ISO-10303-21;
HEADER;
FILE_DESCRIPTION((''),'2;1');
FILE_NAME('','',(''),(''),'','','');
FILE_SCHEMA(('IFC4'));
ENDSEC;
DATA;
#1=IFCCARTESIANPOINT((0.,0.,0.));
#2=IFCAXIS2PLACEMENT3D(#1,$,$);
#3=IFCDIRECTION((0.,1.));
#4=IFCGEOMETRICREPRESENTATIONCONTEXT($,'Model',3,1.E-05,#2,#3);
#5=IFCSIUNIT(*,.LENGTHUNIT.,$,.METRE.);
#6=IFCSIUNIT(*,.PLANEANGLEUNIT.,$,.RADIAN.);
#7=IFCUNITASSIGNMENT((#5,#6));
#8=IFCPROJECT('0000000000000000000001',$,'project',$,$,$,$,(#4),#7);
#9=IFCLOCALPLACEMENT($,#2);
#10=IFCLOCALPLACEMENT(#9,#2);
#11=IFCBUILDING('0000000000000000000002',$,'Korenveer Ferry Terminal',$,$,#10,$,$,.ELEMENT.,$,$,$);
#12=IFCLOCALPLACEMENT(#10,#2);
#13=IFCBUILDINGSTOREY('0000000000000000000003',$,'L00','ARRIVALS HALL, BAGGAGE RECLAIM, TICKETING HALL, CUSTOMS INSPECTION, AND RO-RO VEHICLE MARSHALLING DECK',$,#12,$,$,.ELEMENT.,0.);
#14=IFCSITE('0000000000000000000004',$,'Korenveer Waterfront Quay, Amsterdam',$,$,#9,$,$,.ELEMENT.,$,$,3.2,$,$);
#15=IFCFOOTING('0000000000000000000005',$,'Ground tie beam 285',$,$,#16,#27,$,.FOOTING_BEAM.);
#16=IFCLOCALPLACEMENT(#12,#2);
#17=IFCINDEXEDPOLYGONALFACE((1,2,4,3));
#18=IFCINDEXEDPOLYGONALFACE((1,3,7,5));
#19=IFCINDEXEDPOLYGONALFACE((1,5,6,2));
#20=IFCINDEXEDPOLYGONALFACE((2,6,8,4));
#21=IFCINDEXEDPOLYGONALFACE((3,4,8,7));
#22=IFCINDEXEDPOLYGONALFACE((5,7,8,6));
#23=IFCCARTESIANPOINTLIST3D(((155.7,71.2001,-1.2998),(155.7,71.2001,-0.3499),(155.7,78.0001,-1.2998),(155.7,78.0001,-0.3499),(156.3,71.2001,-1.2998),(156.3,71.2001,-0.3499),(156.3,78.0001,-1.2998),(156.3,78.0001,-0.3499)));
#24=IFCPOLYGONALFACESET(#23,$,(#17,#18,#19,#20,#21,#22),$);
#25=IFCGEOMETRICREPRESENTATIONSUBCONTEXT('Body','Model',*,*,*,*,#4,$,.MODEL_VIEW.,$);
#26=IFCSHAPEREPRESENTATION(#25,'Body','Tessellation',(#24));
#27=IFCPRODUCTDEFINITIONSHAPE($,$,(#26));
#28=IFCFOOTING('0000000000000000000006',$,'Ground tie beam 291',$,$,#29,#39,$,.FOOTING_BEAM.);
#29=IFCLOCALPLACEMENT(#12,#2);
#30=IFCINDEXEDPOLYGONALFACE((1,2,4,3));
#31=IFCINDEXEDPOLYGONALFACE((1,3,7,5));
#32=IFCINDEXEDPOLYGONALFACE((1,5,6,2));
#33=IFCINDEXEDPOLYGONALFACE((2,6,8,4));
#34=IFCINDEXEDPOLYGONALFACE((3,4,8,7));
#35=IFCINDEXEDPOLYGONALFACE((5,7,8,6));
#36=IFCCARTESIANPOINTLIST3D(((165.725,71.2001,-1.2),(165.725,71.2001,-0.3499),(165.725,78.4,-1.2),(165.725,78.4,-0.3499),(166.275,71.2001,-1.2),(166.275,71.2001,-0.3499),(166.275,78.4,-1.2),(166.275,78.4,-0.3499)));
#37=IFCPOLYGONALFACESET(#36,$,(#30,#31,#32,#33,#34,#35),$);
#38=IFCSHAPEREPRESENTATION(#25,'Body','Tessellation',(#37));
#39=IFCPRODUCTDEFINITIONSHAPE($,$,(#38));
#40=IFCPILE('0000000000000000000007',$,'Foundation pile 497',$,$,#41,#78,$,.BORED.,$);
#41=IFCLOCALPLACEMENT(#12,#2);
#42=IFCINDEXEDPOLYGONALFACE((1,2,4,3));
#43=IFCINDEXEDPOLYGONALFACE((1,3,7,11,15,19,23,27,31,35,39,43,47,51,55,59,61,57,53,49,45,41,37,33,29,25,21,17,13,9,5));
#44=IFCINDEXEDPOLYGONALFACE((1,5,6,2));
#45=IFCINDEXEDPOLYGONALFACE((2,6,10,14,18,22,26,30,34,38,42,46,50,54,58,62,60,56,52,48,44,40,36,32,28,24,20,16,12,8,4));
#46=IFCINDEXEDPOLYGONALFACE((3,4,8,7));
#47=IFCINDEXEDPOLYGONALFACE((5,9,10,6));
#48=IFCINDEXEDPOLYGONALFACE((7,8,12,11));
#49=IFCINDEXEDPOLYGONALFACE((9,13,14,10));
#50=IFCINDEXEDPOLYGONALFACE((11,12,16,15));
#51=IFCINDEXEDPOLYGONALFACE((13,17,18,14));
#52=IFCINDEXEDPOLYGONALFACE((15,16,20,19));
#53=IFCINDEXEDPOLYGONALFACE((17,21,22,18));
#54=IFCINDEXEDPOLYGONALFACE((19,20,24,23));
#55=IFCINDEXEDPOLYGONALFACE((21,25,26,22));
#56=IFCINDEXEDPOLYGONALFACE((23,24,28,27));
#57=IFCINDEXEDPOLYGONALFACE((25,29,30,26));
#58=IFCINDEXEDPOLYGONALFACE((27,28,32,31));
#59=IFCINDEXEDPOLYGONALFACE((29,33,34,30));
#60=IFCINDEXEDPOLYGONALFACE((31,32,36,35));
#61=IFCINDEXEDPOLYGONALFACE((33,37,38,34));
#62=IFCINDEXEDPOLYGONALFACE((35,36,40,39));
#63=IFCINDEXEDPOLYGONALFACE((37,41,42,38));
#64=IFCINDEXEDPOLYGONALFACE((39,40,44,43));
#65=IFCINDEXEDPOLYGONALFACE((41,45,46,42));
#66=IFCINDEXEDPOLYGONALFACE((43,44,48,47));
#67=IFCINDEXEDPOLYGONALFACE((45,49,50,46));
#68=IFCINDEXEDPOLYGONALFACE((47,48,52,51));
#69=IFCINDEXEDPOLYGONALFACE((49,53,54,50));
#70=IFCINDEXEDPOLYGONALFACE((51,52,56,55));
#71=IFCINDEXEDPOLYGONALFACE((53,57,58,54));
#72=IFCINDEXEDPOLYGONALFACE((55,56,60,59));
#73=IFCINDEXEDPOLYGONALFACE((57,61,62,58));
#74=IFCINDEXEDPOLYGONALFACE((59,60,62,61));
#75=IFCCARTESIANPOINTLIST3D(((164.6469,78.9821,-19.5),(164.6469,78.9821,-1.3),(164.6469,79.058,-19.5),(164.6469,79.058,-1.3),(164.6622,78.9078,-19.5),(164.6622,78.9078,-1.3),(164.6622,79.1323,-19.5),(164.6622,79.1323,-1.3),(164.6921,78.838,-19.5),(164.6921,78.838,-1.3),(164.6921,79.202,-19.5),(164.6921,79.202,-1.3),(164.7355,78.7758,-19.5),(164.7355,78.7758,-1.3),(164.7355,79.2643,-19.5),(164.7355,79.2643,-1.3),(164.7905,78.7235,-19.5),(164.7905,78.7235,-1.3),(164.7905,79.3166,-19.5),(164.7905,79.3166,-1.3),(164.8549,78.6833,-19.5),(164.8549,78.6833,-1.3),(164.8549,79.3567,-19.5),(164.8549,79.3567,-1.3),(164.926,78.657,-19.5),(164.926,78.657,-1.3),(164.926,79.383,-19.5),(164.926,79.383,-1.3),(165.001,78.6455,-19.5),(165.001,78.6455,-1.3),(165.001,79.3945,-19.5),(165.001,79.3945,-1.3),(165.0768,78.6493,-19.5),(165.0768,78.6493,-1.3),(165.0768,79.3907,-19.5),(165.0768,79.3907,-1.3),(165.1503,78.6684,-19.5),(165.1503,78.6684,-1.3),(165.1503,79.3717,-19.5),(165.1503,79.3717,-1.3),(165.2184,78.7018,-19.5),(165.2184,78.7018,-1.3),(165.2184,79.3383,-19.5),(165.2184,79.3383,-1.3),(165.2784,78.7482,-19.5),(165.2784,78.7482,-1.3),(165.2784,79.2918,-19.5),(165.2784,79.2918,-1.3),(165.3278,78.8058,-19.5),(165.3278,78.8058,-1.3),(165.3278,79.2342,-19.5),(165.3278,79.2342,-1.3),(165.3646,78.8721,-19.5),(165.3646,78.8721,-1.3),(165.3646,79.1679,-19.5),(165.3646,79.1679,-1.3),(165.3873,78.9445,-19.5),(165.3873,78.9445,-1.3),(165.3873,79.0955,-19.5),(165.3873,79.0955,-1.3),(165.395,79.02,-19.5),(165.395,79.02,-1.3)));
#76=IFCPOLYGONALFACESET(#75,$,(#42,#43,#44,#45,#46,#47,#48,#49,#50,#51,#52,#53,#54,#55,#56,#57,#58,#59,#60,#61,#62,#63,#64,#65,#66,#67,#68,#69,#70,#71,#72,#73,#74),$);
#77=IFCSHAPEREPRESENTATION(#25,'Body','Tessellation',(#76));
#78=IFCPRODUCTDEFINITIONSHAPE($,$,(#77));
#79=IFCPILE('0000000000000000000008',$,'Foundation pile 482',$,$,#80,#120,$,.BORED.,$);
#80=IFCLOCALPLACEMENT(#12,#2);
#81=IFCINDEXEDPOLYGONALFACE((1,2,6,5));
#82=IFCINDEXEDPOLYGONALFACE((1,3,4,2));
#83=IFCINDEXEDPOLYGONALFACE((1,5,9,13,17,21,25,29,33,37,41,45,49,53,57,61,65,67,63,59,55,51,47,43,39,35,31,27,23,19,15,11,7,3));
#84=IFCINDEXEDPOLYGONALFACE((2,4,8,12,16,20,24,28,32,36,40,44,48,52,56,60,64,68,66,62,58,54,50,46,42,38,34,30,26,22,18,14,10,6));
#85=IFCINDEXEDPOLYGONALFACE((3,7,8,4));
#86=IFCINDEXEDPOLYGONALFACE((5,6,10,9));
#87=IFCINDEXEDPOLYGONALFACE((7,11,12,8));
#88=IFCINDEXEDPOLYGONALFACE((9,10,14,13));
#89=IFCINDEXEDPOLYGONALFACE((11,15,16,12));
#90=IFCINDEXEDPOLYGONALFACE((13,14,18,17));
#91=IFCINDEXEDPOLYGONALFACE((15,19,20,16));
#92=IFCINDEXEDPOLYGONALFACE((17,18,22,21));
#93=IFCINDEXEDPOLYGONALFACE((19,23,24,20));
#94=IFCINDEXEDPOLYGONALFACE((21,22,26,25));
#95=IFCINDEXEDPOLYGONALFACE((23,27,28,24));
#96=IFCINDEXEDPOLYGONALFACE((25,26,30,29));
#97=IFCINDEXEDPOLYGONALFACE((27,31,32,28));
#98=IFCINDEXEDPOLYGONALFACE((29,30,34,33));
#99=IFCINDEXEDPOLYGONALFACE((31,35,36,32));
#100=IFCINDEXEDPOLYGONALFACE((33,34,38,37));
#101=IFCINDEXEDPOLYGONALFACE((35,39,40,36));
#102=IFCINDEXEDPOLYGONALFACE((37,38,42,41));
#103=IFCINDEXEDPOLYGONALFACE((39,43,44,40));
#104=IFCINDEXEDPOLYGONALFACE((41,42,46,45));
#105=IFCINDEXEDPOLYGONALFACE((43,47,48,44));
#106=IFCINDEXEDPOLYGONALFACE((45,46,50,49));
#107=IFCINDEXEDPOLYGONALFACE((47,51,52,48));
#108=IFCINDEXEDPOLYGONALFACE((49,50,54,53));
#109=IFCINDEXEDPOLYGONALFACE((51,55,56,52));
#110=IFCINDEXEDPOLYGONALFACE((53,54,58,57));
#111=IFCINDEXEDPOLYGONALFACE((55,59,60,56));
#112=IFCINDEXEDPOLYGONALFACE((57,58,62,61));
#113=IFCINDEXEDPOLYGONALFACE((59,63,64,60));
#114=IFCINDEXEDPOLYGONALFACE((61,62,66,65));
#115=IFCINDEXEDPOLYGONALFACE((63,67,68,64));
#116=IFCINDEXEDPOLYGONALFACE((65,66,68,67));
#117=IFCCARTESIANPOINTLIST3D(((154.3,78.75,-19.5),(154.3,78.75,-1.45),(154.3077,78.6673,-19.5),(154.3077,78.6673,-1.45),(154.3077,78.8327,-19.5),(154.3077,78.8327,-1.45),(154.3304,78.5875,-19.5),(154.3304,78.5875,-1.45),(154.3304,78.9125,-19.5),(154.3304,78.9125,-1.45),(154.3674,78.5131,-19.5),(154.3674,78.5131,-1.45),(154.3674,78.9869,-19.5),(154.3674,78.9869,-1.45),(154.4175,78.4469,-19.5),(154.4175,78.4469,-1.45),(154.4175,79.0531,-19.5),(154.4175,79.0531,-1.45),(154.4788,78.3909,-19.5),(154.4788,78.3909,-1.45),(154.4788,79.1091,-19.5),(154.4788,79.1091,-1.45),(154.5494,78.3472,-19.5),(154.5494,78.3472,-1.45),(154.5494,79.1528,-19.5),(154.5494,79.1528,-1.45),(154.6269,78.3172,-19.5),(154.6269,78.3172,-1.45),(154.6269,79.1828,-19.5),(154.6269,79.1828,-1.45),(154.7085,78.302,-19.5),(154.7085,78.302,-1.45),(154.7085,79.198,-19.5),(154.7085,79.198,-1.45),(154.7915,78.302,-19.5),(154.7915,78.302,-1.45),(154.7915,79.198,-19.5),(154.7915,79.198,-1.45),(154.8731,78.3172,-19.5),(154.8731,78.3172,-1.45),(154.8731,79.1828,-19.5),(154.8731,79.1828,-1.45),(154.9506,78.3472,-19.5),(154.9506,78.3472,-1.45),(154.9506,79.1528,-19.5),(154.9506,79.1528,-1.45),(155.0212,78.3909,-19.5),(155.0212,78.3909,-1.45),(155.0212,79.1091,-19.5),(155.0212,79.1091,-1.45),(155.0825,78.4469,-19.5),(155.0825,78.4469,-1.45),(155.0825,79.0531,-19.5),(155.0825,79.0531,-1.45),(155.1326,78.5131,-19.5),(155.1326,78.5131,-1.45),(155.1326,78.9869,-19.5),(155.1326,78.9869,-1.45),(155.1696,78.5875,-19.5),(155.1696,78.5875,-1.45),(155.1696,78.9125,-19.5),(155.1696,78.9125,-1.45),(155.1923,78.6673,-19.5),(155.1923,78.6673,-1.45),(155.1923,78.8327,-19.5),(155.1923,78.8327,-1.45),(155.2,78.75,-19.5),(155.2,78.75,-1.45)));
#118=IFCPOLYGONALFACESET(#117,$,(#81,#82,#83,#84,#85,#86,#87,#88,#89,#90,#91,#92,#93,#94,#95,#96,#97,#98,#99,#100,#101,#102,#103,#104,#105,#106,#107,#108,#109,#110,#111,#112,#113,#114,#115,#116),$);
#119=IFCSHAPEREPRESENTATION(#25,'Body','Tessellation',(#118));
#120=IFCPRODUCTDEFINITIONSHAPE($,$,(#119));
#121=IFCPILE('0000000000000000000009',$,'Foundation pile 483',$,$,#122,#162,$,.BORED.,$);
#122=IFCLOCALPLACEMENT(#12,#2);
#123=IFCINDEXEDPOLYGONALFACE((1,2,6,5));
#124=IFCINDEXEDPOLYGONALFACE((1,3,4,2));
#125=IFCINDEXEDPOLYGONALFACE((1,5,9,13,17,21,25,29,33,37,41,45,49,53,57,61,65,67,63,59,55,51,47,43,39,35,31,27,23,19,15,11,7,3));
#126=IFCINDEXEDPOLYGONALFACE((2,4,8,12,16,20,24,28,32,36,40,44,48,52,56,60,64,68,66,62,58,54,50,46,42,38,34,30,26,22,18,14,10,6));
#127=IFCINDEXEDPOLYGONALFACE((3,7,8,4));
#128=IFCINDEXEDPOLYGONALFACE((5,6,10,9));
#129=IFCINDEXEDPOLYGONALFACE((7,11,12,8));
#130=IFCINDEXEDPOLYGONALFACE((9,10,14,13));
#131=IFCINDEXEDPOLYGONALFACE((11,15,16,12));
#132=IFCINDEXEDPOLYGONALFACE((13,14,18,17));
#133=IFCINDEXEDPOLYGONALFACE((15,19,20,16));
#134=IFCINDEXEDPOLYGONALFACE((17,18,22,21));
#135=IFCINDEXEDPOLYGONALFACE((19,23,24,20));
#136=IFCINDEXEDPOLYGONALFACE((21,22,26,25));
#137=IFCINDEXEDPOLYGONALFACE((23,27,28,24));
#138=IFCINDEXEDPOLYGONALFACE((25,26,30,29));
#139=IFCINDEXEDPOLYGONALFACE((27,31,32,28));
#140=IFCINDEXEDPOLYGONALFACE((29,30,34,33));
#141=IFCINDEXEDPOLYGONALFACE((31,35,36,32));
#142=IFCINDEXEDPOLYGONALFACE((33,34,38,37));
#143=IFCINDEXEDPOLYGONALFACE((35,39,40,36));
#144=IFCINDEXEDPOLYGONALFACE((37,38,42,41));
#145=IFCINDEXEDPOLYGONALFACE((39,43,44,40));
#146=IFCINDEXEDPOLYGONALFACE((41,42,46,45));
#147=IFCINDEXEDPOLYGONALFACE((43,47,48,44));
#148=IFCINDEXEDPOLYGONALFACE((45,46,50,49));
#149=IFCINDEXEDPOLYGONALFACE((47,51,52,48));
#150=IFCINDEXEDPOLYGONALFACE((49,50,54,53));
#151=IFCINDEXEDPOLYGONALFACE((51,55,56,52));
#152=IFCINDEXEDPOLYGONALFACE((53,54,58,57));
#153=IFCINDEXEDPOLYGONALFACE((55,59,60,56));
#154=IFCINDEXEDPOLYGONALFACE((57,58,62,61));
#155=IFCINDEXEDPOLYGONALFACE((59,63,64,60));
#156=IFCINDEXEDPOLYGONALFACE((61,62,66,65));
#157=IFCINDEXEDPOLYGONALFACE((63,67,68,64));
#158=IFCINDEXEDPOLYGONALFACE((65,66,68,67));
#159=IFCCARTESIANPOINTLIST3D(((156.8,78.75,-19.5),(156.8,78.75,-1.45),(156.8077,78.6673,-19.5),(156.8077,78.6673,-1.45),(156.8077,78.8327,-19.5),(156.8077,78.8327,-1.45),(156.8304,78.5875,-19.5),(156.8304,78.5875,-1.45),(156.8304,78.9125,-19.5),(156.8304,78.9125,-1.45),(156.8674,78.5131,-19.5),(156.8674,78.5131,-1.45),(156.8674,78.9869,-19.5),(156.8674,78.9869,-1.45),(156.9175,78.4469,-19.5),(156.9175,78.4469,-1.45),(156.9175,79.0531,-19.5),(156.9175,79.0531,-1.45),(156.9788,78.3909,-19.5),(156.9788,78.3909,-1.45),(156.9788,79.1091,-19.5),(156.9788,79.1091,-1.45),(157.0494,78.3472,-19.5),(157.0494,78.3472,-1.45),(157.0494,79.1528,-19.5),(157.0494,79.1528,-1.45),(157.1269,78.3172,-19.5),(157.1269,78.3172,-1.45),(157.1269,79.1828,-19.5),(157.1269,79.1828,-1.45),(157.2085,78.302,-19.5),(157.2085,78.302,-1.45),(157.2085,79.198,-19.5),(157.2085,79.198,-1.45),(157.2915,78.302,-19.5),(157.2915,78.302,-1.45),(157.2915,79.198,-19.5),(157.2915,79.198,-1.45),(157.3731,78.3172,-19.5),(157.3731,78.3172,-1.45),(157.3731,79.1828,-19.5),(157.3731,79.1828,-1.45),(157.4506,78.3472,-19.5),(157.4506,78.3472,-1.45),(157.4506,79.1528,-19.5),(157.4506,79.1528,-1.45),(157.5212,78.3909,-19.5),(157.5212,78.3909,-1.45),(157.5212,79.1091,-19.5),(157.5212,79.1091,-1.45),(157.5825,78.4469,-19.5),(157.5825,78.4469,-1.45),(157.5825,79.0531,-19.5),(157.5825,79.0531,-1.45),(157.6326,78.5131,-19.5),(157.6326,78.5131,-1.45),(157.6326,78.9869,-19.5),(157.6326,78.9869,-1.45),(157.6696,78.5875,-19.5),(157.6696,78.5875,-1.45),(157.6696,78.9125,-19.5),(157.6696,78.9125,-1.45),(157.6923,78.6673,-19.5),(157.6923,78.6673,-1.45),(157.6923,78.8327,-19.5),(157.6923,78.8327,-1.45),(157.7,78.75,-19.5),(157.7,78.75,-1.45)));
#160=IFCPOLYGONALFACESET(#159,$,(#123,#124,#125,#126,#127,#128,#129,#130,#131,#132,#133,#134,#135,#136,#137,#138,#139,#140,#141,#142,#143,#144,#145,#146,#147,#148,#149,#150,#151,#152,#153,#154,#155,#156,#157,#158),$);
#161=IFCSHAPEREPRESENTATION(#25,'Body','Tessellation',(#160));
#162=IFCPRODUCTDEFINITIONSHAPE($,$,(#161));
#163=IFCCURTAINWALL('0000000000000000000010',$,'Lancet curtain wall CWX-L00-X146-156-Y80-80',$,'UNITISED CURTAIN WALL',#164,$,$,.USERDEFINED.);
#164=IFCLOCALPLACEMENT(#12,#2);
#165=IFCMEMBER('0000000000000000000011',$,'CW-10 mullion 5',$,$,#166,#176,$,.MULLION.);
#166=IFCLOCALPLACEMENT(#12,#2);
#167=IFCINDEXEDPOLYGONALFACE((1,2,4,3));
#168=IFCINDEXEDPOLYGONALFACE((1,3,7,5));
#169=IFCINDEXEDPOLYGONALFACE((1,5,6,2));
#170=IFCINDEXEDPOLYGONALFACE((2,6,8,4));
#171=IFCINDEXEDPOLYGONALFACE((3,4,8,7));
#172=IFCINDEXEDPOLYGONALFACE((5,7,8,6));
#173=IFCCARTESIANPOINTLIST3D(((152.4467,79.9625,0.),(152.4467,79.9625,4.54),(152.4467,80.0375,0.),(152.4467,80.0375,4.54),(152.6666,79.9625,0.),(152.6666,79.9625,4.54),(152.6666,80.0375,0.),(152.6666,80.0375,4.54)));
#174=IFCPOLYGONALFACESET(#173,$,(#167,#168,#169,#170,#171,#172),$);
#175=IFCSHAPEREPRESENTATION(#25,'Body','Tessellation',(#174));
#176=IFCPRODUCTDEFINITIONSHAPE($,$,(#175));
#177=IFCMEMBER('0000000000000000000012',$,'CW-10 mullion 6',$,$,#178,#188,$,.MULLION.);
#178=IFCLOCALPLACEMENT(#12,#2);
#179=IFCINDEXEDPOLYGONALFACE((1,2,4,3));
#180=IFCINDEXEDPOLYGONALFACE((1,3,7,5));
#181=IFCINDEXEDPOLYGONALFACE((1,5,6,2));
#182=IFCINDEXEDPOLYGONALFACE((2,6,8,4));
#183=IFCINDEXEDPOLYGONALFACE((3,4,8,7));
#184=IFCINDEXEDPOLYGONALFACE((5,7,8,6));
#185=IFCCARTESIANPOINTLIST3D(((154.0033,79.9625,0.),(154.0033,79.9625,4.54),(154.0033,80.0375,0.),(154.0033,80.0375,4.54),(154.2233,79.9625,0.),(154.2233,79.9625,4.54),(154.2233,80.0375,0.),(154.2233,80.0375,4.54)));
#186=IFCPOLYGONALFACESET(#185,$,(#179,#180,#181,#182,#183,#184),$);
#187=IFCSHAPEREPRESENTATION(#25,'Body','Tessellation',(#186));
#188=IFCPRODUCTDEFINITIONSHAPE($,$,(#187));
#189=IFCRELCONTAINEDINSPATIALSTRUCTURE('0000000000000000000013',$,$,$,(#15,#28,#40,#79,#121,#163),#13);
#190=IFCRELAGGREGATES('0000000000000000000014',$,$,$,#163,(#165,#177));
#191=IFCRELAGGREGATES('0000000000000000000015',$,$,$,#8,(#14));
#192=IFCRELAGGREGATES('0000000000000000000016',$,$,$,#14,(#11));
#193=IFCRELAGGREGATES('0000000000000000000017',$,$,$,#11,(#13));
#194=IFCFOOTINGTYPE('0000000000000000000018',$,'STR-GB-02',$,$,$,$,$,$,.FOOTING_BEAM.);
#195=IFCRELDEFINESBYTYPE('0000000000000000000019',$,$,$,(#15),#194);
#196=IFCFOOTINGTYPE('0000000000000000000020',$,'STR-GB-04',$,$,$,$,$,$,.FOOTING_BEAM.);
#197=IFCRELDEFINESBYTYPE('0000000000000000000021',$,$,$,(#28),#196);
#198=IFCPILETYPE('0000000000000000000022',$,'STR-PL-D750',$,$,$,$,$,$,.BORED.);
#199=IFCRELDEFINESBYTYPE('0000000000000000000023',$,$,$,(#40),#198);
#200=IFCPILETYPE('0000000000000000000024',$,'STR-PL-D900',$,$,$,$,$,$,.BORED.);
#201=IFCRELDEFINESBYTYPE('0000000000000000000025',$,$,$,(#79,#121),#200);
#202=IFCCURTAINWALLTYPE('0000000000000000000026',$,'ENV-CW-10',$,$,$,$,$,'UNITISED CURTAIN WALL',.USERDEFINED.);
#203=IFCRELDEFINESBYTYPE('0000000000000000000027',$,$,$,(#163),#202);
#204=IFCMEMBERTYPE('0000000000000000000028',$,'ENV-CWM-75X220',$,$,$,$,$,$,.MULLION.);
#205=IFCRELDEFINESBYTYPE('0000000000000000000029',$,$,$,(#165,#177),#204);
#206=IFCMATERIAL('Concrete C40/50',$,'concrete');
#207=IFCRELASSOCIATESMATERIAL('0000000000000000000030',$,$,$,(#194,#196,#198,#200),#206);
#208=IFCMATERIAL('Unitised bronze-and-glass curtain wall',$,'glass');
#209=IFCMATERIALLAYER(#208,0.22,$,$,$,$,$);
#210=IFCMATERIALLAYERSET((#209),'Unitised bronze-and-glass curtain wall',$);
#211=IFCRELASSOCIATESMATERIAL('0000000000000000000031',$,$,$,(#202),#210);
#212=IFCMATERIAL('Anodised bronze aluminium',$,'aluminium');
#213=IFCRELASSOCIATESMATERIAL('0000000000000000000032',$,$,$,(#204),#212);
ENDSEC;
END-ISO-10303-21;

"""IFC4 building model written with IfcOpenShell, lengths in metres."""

from ifc_helpers import new_model, si_unit, direction, frame, origin, origin_2d, place, context, subcontext, project, spatial, rectangle, circle, extrude, material, layer, layer_set, material_profile, profile_set, type_object, element, aggregate, save


model = new_model("IFC4")

# Units and contexts
model_context = context("Model", 3, precision=1e-05, world=origin(), true_north=direction((0.0, 1.0)))
body_context = subcontext(model_context, "Body", "Model", "MODEL_VIEW")
ifc_project = project(units=[si_unit("LENGTHUNIT", "METRE"), si_unit("PLANEANGLEUNIT", "RADIAN")], contexts=[model_context])

# Site, building, storey
site_placement = place(None, origin())
site = spatial("IfcSite", under=ifc_project, at=site_placement, Name="Korenveer Waterfront Quay, Amsterdam", CompositionType="ELEMENT", RefElevation=3.2)
building_placement = place(site_placement, origin())
building = spatial("IfcBuilding", under=site, at=building_placement, Name="Korenveer Ferry Terminal", CompositionType="ELEMENT")
storey_placement = place(building_placement, origin())
storey = spatial("IfcBuildingStorey", under=building, at=storey_placement, Name="L00", Description="ARRIVALS HALL, BAGGAGE RECLAIM, TICKETING HALL, CUSTOMS INSPECTION, AND RO-RO VEHICLE MARSHALLING DECK", CompositionType="ELEMENT", Elevation=0.0)

# Footings
ifc_material_1 = material(Name="Concrete C40/50", Category="concrete")
footing_type_1 = type_object("IfcFootingType", Name="STR-GB-02", PredefinedType="FOOTING_BEAM", material=ifc_material_1)
footing_1_placement = place(storey_placement, frame((156.0, 74.6001, -1.2998), z_axis=(0.0, 0.0, 1.0), x_axis=(1.0, 0.0, 0.0)))
element("IfcFooting", 1, at=footing_1_placement, inside=storey, type_object=footing_type_1, Name="Ground tie beam 285", PredefinedType="FOOTING_BEAM", context=body_context, shape_type="SweptSolid", body=[
    extrude(rectangle(XDim=0.6001, YDim=6.8, at=origin_2d()), origin(), (0.0, 0.0, 1.0), 0.95),
])
footing_type_2 = type_object("IfcFootingType", Name="STR-GB-04", PredefinedType="FOOTING_BEAM", material=ifc_material_1)
footing_2_placement = place(storey_placement, frame((166.0, 74.8, -1.2), z_axis=(0.0, 0.0, 1.0), x_axis=(1.0, 0.0, 0.0)))
element("IfcFooting", 2, at=footing_2_placement, inside=storey, type_object=footing_type_2, Name="Ground tie beam 291", PredefinedType="FOOTING_BEAM", context=body_context, shape_type="SweptSolid", body=[
    extrude(rectangle(XDim=0.55, YDim=7.2, at=origin_2d()), origin(), (0.0, 0.0, 1.0), 0.8501),
])

# Piles
ifc_material_profile_1 = material_profile(ifc_material_1, circle(Radius=0.375, at=origin_2d()), Name="PILE D750")
ifc_profile_set_1 = profile_set([ifc_material_profile_1], Name="Concrete C40/50")
pile_type_1 = type_object("IfcPileType", Name="STR-PL-D750", PredefinedType="BORED", material=ifc_profile_set_1)
pile_placement = place(storey_placement, frame((165.02, 79.02, -1.3), z_axis=(0.0, 0.0, -1.0), x_axis=(1.0, 0.0, 0.0)))
element("IfcPile", 3, at=pile_placement, inside=storey, type_object=pile_type_1, Name="Foundation pile 497", PredefinedType="BORED", context=body_context, shape_type="SweptSolid", body=[
    extrude(circle(Radius=0.375, at=origin_2d()), origin(), (0.0, 0.0, 1.0), 18.2),
])
ifc_material_profile_2 = material_profile(ifc_material_1, circle(Radius=0.45, at=origin_2d()), Name="PILE D900")
ifc_profile_set_2 = profile_set([ifc_material_profile_2], Name="Concrete C40/50")
pile_type_2 = type_object("IfcPileType", Name="STR-PL-D900", PredefinedType="BORED", material=ifc_profile_set_2)
for number, where, z_axis, x_axis, name in (
    (4, (154.75, 78.75, -1.45), (0.0, 0.0, -1.0), (1.0, 0.0, 0.0), "Foundation pile 482"),
    (5, (157.25, 78.75, -1.45), (0.0, 0.0, -1.0), (1.0, 0.0, 0.0), "Foundation pile 483"),
):
    element("IfcPile", number, at=place(storey_placement, frame(where, z_axis=z_axis, x_axis=x_axis)), inside=storey, type_object=pile_type_2, Name=name, PredefinedType="BORED", context=body_context, shape_type="SweptSolid", body=[
        extrude(circle(Radius=0.45, at=origin_2d()), origin(), (0.0, 0.0, 1.0), 18.05),
    ])

# Curtain wall, members
ifc_material_2 = material(Name="Unitised bronze-and-glass curtain wall", Category="glass")
ifc_layer_1 = layer(ifc_material_2, 0.22)
ifc_layer_set_1 = layer_set([ifc_layer_1], Name="Unitised bronze-and-glass curtain wall")
curtain_wall_type = type_object("IfcCurtainWallType", Name="ENV-CW-10", ElementType="UNITISED CURTAIN WALL", PredefinedType="USERDEFINED", material=ifc_layer_set_1)
curtain_wall_placement = place(storey_placement, frame((146.3301, 80.0, 0.0)))
curtain_wall = element("IfcCurtainWall", 6, at=curtain_wall_placement, inside=storey, type_object=curtain_wall_type, Name="Lancet curtain wall CWX-L00-X146-156-Y80-80", ObjectType="UNITISED CURTAIN WALL", PredefinedType="USERDEFINED")
ifc_material_3 = material(Name="Anodised bronze aluminium", Category="aluminium")
ifc_material_profile_3 = material_profile(ifc_material_3, rectangle(XDim=0.075, YDim=0.22, at=origin_2d()), Name="ALU 75x220")
ifc_profile_set_3 = profile_set([ifc_material_profile_3], Name="Anodised bronze aluminium")
member_type_1 = type_object("IfcMemberType", Name="ENV-CWM-75X220", PredefinedType="MULLION", material=ifc_profile_set_3)
member_1_placement = place(storey_placement, frame((152.5566, 80.0, 0.0), z_axis=(0.0, 0.0, 1.0), x_axis=(0.0, 1.0, 0.0)))
member_1 = element("IfcMember", 7, at=member_1_placement, type_object=member_type_1, Name="CW-10 mullion 5", PredefinedType="MULLION", context=body_context, shape_type="SweptSolid", body=[
    extrude(rectangle(XDim=0.075, YDim=0.22, at=origin_2d()), origin(), (0.0, 0.0, 1.0), 4.54),
])
member_2_placement = place(storey_placement, frame((154.1133, 80.0, 0.0), z_axis=(0.0, 0.0, 1.0), x_axis=(0.0, 1.0, 0.0)))
member_2 = element("IfcMember", 8, at=member_2_placement, type_object=member_type_1, Name="CW-10 mullion 6", PredefinedType="MULLION", context=body_context, shape_type="SweptSolid", body=[
    extrude(rectangle(XDim=0.075, YDim=0.22, at=origin_2d()), origin(), (0.0, 0.0, 1.0), 4.54),
])
aggregate(curtain_wall, [member_1, member_2])

save(model, "model.ifc")
